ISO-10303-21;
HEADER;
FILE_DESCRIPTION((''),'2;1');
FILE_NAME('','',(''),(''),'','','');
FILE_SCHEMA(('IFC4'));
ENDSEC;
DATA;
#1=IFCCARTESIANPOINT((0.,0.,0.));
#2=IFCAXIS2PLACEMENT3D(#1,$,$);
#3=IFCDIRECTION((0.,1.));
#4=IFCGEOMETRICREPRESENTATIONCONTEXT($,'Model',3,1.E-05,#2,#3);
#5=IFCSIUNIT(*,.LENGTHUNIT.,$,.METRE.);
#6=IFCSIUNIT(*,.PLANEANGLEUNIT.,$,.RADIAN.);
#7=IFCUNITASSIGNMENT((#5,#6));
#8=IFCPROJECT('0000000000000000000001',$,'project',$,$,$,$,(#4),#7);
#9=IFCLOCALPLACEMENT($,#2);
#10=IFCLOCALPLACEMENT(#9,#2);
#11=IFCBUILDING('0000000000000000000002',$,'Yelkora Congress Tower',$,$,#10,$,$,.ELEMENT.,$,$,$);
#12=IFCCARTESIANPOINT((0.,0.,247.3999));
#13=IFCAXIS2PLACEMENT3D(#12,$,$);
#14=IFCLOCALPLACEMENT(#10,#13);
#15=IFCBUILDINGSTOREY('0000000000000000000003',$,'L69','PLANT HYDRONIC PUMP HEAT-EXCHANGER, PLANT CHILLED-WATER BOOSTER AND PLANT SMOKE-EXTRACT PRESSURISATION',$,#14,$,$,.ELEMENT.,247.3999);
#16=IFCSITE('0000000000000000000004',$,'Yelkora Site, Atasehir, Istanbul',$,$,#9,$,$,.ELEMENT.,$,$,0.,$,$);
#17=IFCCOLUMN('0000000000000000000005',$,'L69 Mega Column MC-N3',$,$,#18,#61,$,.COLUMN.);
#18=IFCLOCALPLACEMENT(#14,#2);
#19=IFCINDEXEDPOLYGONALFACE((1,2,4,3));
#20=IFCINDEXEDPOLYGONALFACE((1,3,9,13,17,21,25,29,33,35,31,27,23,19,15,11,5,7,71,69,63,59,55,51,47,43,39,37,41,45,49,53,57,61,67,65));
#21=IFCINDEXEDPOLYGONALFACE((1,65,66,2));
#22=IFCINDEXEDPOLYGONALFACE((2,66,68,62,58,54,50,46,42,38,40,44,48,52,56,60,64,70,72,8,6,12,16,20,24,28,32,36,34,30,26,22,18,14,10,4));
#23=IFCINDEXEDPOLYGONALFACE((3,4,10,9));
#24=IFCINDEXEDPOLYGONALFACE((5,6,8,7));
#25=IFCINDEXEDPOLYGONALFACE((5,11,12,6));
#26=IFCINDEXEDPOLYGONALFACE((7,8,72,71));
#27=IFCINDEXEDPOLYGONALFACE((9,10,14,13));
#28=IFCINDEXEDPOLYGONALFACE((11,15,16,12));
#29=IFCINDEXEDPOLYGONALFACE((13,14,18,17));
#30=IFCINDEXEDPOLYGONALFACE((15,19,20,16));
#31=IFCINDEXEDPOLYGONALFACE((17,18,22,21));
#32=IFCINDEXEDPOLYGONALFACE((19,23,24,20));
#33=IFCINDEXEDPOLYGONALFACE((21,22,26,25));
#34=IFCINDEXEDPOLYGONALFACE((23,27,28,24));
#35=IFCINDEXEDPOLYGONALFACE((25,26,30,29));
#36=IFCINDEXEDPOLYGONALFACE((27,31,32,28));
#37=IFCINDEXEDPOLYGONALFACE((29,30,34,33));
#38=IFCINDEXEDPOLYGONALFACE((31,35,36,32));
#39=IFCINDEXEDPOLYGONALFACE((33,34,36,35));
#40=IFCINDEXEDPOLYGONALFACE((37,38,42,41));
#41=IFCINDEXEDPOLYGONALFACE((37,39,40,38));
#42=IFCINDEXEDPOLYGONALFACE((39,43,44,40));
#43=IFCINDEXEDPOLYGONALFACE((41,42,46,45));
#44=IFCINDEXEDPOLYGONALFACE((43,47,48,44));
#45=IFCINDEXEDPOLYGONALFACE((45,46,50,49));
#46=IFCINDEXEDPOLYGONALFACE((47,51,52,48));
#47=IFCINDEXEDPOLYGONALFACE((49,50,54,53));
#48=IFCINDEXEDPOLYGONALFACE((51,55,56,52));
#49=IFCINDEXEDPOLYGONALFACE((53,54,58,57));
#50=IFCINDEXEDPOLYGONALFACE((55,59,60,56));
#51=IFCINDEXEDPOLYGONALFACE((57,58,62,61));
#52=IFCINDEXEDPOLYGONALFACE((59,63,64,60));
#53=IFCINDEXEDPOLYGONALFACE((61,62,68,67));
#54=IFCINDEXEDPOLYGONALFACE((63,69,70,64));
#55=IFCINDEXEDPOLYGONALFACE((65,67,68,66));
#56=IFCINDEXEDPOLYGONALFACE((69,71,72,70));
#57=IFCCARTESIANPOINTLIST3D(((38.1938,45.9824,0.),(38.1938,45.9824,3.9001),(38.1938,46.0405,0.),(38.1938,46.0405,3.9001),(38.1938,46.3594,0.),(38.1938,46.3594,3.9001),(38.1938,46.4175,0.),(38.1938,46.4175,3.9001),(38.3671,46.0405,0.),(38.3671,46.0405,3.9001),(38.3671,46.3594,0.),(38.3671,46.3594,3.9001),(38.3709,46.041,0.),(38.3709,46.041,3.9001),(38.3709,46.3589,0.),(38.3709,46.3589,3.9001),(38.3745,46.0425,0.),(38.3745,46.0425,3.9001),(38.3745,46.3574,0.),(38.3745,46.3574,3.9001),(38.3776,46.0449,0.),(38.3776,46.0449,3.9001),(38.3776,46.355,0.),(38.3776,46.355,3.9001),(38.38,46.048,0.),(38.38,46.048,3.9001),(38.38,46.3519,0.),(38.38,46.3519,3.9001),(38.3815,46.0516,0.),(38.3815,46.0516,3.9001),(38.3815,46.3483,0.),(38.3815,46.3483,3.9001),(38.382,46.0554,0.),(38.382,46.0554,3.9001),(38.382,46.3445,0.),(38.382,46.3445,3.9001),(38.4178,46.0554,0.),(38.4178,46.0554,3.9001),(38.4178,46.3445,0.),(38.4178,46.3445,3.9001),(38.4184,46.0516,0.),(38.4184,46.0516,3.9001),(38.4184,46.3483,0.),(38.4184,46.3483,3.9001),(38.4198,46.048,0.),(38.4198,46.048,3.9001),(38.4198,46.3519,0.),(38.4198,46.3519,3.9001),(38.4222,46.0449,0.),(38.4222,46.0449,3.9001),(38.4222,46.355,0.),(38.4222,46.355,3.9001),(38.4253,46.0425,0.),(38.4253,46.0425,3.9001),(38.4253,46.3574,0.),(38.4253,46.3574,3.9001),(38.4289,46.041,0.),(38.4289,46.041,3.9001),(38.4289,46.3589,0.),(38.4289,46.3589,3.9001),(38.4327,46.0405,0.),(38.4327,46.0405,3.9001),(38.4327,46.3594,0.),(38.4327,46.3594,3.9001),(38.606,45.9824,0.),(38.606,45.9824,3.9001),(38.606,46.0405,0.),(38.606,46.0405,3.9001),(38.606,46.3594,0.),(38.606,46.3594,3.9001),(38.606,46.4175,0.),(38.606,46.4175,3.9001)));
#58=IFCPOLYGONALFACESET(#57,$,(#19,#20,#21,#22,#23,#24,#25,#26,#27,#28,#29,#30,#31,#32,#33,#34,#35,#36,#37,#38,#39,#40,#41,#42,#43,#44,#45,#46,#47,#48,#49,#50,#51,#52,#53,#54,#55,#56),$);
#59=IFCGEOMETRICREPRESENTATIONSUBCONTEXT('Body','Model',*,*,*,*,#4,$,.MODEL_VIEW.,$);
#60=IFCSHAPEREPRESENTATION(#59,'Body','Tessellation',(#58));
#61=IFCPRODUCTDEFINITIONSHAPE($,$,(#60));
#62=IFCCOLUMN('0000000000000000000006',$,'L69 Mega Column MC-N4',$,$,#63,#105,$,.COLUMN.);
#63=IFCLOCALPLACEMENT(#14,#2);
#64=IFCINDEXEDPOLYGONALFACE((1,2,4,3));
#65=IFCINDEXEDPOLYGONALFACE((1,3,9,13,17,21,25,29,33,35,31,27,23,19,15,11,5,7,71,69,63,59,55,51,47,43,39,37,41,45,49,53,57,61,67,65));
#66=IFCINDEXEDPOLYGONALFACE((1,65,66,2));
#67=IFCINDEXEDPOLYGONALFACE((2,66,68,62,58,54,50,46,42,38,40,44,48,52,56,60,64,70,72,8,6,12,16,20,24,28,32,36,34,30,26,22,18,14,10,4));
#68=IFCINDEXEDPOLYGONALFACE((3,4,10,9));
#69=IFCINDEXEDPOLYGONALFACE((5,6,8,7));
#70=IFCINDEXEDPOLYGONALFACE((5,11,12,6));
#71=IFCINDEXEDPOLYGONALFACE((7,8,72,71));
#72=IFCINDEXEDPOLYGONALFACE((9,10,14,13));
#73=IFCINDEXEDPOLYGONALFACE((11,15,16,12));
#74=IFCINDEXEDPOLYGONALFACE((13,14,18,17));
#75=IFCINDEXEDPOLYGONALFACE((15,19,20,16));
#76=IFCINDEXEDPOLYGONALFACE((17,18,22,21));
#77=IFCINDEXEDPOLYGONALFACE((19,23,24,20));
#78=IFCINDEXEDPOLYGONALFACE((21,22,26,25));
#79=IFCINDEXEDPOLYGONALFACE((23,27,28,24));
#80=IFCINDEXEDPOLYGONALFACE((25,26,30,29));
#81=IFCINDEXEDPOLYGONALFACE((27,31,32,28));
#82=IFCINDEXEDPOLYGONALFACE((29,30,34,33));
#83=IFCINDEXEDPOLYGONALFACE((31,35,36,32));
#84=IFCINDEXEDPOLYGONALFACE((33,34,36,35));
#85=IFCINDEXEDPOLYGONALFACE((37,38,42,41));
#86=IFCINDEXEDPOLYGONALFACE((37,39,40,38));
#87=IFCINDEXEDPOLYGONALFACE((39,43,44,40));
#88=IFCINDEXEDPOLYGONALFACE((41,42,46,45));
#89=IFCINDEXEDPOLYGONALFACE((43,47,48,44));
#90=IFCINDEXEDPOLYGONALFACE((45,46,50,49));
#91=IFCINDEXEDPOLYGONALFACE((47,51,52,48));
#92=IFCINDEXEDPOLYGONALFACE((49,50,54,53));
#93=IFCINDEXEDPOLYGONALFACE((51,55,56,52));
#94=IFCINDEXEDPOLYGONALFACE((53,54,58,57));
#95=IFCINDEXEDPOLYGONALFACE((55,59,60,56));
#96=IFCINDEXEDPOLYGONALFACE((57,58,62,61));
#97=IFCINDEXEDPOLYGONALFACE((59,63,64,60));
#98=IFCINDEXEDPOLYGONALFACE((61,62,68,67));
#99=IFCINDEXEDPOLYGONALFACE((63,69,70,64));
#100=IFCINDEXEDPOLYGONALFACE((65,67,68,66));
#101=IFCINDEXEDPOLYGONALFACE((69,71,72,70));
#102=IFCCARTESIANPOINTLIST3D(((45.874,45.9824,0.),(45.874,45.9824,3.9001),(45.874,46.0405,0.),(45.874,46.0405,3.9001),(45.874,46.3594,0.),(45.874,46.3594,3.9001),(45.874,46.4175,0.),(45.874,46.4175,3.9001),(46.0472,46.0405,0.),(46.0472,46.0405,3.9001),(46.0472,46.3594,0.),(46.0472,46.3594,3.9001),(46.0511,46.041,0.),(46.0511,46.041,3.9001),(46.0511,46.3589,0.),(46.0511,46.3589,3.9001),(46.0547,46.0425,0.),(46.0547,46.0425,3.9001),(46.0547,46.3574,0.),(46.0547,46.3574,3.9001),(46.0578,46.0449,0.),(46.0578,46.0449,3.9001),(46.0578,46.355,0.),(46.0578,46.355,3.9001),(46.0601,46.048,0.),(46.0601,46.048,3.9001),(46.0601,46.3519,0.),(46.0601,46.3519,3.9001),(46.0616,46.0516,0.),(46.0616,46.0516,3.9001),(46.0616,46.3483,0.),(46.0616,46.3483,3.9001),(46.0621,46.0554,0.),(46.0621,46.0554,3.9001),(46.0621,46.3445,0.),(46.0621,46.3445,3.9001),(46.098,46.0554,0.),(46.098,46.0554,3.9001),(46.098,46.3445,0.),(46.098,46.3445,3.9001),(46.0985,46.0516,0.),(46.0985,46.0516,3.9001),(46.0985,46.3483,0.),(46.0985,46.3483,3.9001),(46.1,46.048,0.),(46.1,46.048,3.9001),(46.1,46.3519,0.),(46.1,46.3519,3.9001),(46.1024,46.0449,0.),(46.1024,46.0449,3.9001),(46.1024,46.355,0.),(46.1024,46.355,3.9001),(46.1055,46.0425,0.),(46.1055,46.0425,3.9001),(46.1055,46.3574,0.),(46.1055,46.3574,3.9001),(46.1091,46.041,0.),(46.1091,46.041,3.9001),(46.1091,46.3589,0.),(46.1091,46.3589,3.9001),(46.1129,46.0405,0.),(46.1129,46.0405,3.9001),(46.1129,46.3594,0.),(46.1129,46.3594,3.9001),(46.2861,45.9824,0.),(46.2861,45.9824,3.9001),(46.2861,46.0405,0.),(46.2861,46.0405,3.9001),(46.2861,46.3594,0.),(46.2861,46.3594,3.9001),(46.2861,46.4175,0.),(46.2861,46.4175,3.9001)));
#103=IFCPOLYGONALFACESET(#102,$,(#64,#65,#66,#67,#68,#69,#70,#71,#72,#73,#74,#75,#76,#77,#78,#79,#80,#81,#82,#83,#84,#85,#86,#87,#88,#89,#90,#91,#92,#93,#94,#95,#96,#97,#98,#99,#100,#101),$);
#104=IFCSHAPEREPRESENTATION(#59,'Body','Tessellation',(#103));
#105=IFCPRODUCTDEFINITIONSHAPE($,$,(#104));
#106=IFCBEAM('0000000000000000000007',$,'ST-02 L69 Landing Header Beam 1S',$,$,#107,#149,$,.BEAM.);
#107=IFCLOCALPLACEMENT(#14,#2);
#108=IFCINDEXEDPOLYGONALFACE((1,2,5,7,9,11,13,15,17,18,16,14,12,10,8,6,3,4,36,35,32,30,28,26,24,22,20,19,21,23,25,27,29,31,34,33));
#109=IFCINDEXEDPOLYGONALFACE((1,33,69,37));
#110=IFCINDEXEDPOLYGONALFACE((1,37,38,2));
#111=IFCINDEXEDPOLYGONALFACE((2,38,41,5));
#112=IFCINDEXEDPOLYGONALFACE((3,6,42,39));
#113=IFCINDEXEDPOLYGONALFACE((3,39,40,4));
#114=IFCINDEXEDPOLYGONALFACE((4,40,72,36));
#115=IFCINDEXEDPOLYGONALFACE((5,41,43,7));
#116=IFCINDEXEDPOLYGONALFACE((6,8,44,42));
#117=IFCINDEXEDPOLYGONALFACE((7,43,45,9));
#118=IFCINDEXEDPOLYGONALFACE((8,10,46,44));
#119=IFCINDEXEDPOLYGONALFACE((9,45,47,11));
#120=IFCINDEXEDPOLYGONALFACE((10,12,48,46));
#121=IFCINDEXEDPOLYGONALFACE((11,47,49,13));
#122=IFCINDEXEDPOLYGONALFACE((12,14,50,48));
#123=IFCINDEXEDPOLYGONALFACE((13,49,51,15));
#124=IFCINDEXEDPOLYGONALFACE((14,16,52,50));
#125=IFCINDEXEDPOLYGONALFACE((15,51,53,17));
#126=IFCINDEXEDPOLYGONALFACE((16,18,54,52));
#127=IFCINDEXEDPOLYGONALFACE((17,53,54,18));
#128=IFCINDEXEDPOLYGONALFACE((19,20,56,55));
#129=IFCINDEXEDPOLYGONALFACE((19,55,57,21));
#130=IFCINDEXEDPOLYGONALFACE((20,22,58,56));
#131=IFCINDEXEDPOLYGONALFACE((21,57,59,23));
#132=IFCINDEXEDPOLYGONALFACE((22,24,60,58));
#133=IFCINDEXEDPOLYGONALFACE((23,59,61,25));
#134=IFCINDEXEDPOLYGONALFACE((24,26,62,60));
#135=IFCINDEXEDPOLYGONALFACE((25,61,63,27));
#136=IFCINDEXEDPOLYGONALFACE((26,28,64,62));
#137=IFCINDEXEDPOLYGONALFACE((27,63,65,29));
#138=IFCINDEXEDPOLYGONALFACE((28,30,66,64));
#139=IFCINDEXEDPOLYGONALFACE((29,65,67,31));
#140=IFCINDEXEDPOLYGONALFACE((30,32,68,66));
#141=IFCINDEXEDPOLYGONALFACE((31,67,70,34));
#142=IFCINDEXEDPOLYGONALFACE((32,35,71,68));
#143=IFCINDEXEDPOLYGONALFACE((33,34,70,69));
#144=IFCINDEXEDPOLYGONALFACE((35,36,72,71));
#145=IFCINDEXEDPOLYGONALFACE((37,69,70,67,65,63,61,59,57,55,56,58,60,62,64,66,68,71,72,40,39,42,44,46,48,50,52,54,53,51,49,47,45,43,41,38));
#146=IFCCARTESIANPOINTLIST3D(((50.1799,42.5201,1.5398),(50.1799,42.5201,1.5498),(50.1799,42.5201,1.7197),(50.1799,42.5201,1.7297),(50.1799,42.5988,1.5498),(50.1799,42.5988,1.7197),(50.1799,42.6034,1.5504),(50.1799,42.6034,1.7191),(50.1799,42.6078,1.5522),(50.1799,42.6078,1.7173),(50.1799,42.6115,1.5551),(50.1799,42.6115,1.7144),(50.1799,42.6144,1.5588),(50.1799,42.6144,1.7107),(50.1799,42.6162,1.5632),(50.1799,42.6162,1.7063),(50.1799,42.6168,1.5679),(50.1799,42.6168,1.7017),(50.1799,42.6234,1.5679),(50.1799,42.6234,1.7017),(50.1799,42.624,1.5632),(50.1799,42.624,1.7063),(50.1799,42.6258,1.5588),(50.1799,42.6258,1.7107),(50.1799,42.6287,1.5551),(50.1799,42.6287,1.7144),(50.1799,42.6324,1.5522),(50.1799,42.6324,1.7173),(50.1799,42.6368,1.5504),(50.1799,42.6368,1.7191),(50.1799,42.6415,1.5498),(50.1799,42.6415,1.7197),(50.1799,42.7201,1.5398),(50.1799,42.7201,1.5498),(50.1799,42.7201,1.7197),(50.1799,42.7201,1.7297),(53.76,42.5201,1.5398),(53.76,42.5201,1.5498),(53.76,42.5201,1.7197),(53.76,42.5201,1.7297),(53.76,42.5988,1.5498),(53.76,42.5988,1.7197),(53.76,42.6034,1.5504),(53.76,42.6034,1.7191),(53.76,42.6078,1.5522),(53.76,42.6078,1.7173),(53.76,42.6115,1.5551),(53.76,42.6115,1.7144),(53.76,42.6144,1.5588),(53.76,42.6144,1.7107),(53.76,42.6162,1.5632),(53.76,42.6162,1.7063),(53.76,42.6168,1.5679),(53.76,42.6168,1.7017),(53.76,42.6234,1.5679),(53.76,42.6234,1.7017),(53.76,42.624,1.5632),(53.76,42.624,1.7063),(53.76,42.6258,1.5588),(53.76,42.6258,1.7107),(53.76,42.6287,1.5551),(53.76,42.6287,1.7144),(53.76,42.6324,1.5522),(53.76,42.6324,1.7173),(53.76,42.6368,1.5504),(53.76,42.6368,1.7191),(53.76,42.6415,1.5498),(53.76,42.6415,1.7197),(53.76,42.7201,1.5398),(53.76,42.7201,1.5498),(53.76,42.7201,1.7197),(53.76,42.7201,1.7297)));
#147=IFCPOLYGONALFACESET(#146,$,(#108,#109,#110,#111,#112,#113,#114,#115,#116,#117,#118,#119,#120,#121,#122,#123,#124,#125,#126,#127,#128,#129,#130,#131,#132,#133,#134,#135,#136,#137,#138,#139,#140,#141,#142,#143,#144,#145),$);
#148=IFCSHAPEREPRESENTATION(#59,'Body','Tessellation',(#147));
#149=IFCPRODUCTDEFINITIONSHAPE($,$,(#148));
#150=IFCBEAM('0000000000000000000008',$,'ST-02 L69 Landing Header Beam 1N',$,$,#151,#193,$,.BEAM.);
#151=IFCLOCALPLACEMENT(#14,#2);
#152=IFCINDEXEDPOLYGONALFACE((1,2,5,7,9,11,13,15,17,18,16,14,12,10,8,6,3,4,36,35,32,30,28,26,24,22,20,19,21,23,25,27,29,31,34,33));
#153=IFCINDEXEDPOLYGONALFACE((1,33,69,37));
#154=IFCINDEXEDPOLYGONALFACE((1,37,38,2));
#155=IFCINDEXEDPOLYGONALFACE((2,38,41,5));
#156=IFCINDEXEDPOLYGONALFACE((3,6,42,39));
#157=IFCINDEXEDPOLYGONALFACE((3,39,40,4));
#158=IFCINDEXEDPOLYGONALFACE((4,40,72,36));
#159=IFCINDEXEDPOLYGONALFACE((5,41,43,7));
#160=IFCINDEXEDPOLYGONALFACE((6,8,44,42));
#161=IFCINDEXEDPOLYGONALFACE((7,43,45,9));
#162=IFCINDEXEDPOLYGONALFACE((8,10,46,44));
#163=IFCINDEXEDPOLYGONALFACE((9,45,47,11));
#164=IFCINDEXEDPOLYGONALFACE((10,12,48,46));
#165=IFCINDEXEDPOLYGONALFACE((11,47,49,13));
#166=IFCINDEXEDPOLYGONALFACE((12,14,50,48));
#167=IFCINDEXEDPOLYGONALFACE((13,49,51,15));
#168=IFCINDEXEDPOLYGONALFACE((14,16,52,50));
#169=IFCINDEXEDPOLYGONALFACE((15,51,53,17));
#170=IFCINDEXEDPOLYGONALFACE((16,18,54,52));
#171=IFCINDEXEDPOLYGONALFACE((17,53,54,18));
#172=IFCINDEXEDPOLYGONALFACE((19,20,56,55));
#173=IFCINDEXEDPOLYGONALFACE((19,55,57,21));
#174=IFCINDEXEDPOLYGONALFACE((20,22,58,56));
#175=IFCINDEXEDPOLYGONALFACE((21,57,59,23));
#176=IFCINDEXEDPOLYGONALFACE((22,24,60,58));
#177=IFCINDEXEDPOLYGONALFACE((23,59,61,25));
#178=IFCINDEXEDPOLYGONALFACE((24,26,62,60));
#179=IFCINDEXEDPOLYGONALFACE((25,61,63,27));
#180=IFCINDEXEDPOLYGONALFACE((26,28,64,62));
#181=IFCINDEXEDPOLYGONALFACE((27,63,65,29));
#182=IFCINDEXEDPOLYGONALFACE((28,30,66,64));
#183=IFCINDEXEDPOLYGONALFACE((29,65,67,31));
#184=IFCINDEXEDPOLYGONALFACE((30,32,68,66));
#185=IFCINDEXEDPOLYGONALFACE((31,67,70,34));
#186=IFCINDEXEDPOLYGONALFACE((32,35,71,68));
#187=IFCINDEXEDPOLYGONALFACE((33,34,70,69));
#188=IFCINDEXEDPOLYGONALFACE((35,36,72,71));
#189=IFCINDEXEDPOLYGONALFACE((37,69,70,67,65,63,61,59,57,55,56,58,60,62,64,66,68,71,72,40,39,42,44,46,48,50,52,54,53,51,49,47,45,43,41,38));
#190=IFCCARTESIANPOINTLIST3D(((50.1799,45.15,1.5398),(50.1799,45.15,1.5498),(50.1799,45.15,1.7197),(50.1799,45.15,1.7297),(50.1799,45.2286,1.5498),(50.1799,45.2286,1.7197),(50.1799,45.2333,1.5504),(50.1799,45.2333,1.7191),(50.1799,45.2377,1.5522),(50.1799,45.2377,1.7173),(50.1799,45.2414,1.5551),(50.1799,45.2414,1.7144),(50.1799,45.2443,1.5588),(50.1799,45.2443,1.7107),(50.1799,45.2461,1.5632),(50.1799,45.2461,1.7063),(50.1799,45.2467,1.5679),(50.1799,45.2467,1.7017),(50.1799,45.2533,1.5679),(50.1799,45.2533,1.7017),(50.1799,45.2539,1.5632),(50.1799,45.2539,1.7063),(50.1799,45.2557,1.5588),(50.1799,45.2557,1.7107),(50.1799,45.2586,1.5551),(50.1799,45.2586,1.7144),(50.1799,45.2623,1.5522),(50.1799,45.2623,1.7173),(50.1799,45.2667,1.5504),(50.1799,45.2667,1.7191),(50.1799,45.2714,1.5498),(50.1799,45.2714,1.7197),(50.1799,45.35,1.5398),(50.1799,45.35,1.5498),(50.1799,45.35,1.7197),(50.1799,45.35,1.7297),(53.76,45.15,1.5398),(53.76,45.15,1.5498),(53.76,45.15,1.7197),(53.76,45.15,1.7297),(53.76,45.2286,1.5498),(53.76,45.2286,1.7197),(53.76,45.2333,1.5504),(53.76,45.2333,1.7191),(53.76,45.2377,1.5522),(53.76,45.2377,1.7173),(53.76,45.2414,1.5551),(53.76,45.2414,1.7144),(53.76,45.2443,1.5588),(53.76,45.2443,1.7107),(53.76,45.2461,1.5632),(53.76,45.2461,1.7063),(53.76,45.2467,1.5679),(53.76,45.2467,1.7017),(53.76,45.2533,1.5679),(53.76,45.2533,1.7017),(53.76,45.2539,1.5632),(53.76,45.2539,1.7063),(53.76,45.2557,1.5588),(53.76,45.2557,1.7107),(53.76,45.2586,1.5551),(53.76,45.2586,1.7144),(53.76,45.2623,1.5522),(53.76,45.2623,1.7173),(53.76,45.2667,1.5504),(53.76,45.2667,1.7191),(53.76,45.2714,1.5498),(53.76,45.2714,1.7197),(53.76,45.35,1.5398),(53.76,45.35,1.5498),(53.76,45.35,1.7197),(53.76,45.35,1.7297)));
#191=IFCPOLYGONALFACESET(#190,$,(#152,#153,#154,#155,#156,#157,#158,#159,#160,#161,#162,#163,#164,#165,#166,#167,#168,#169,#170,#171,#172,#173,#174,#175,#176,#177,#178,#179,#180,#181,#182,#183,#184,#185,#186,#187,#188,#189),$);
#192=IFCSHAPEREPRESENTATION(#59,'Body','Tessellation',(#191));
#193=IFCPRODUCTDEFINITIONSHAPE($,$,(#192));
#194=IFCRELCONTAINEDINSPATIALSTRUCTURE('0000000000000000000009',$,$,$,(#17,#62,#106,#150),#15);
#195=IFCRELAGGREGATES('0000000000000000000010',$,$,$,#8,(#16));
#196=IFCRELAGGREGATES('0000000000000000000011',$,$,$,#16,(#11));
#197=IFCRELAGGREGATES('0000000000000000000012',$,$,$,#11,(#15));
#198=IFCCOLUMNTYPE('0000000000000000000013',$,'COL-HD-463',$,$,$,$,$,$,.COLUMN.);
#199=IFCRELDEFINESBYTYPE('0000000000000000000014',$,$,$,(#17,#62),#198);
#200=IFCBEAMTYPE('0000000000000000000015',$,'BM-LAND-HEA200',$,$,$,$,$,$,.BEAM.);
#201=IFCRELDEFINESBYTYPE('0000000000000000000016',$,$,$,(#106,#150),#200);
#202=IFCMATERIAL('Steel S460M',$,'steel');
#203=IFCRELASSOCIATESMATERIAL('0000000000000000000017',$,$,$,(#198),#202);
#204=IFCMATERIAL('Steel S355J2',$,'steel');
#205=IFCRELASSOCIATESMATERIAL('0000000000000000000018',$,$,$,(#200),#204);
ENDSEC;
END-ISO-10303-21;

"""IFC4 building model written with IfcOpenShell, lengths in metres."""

from ifc_helpers import new_model, si_unit, direction, frame, origin, origin_2d, place, context, subcontext, project, spatial, i_section, extrude, material, material_profile, profile_set, type_object, element, save


model = new_model("IFC4")

# Units and contexts
model_context = context("Model", 3, precision=1e-05, world=origin(), true_north=direction((0.0, 1.0)))
body_context = subcontext(model_context, "Body", "Model", "MODEL_VIEW")
ifc_project = project(units=[si_unit("LENGTHUNIT", "METRE"), si_unit("PLANEANGLEUNIT", "RADIAN")], contexts=[model_context])

# Site, building, storey
site_placement = place(None, origin())
site = spatial("IfcSite", under=ifc_project, at=site_placement, Name="Yelkora Site, Atasehir, Istanbul", CompositionType="ELEMENT", RefElevation=0.0)
building_placement = place(site_placement, origin())
building = spatial("IfcBuilding", under=site, at=building_placement, Name="Yelkora Congress Tower", CompositionType="ELEMENT")
storey_placement = place(building_placement, frame((0.0, 0.0, 247.3999)))
storey = spatial("IfcBuildingStorey", under=building, at=storey_placement, Name="L69", Description="PLANT HYDRONIC PUMP HEAT-EXCHANGER, PLANT CHILLED-WATER BOOSTER AND PLANT SMOKE-EXTRACT PRESSURISATION", CompositionType="ELEMENT", Elevation=247.3999)

# Columns
ifc_material_1 = material(Name="Steel S460M", Category="steel")
ifc_material_profile_1 = material_profile(ifc_material_1, i_section(OverallWidth=0.4121, OverallDepth=0.4351, WebThickness=0.0359, FlangeThickness=0.0581, FilletRadius=0.0149, at=origin_2d()), Name="HD 400x463")
ifc_profile_set_1 = profile_set([ifc_material_profile_1], Name="Steel S460M")
column_type = type_object("IfcColumnType", Name="COL-HD-463", PredefinedType="COLUMN", material=ifc_profile_set_1)
for number, where, z_axis, x_axis, name in (
    (1, (38.3999, 46.2, 0.0), (0.0, 0.0, 1.0), (1.0, 0.0, 0.0), "L69 Mega Column MC-N3"),
    (2, (46.0801, 46.2, 0.0), (0.0, 0.0, 1.0), (1.0, 0.0, 0.0), "L69 Mega Column MC-N4"),
):
    element("IfcColumn", number, at=place(storey_placement, frame(where, z_axis=z_axis, x_axis=x_axis)), inside=storey, type_object=column_type, Name=name, PredefinedType="COLUMN", context=body_context, shape_type="SweptSolid", body=[
        extrude(i_section(OverallWidth=0.4121, OverallDepth=0.4351, WebThickness=0.0359, FlangeThickness=0.0581, FilletRadius=0.0149, at=origin_2d()), origin(), (0.0, 0.0, 1.0), 3.9001),
    ])

# Beams
ifc_material_2 = material(Name="Steel S355J2", Category="steel")
ifc_material_profile_2 = material_profile(ifc_material_2, i_section(OverallWidth=0.2, OverallDepth=0.1899, WebThickness=0.0066, FlangeThickness=0.01, FilletRadius=0.0181, at=origin_2d()), Name="HEA 200")
ifc_profile_set_2 = profile_set([ifc_material_profile_2], Name="Steel S355J2")
beam_type_1 = type_object("IfcBeamType", Name="BM-LAND-HEA200", PredefinedType="BEAM", material=ifc_profile_set_2)
for number, where, z_axis, x_axis, name in (
    (3, (50.1799, 42.6201, 1.6348), (1.0, 0.0, 0.0), (0.0, 1.0, 0.0), "ST-02 L69 Landing Header Beam 1S"),
    (4, (50.1799, 45.25, 1.6348), (1.0, 0.0, 0.0), (0.0, 1.0, 0.0), "ST-02 L69 Landing Header Beam 1N"),
):
    element("IfcBeam", number, at=place(storey_placement, frame(where, z_axis=z_axis, x_axis=x_axis)), inside=storey, type_object=beam_type_1, Name=name, PredefinedType="BEAM", context=body_context, shape_type="SweptSolid", body=[
        extrude(i_section(OverallWidth=0.2, OverallDepth=0.1899, WebThickness=0.0066, FlangeThickness=0.01, FilletRadius=0.0181, at=origin_2d()), origin(), (0.0, 0.0, 1.0), 3.5801),
    ])

save(model, "model.ifc")
